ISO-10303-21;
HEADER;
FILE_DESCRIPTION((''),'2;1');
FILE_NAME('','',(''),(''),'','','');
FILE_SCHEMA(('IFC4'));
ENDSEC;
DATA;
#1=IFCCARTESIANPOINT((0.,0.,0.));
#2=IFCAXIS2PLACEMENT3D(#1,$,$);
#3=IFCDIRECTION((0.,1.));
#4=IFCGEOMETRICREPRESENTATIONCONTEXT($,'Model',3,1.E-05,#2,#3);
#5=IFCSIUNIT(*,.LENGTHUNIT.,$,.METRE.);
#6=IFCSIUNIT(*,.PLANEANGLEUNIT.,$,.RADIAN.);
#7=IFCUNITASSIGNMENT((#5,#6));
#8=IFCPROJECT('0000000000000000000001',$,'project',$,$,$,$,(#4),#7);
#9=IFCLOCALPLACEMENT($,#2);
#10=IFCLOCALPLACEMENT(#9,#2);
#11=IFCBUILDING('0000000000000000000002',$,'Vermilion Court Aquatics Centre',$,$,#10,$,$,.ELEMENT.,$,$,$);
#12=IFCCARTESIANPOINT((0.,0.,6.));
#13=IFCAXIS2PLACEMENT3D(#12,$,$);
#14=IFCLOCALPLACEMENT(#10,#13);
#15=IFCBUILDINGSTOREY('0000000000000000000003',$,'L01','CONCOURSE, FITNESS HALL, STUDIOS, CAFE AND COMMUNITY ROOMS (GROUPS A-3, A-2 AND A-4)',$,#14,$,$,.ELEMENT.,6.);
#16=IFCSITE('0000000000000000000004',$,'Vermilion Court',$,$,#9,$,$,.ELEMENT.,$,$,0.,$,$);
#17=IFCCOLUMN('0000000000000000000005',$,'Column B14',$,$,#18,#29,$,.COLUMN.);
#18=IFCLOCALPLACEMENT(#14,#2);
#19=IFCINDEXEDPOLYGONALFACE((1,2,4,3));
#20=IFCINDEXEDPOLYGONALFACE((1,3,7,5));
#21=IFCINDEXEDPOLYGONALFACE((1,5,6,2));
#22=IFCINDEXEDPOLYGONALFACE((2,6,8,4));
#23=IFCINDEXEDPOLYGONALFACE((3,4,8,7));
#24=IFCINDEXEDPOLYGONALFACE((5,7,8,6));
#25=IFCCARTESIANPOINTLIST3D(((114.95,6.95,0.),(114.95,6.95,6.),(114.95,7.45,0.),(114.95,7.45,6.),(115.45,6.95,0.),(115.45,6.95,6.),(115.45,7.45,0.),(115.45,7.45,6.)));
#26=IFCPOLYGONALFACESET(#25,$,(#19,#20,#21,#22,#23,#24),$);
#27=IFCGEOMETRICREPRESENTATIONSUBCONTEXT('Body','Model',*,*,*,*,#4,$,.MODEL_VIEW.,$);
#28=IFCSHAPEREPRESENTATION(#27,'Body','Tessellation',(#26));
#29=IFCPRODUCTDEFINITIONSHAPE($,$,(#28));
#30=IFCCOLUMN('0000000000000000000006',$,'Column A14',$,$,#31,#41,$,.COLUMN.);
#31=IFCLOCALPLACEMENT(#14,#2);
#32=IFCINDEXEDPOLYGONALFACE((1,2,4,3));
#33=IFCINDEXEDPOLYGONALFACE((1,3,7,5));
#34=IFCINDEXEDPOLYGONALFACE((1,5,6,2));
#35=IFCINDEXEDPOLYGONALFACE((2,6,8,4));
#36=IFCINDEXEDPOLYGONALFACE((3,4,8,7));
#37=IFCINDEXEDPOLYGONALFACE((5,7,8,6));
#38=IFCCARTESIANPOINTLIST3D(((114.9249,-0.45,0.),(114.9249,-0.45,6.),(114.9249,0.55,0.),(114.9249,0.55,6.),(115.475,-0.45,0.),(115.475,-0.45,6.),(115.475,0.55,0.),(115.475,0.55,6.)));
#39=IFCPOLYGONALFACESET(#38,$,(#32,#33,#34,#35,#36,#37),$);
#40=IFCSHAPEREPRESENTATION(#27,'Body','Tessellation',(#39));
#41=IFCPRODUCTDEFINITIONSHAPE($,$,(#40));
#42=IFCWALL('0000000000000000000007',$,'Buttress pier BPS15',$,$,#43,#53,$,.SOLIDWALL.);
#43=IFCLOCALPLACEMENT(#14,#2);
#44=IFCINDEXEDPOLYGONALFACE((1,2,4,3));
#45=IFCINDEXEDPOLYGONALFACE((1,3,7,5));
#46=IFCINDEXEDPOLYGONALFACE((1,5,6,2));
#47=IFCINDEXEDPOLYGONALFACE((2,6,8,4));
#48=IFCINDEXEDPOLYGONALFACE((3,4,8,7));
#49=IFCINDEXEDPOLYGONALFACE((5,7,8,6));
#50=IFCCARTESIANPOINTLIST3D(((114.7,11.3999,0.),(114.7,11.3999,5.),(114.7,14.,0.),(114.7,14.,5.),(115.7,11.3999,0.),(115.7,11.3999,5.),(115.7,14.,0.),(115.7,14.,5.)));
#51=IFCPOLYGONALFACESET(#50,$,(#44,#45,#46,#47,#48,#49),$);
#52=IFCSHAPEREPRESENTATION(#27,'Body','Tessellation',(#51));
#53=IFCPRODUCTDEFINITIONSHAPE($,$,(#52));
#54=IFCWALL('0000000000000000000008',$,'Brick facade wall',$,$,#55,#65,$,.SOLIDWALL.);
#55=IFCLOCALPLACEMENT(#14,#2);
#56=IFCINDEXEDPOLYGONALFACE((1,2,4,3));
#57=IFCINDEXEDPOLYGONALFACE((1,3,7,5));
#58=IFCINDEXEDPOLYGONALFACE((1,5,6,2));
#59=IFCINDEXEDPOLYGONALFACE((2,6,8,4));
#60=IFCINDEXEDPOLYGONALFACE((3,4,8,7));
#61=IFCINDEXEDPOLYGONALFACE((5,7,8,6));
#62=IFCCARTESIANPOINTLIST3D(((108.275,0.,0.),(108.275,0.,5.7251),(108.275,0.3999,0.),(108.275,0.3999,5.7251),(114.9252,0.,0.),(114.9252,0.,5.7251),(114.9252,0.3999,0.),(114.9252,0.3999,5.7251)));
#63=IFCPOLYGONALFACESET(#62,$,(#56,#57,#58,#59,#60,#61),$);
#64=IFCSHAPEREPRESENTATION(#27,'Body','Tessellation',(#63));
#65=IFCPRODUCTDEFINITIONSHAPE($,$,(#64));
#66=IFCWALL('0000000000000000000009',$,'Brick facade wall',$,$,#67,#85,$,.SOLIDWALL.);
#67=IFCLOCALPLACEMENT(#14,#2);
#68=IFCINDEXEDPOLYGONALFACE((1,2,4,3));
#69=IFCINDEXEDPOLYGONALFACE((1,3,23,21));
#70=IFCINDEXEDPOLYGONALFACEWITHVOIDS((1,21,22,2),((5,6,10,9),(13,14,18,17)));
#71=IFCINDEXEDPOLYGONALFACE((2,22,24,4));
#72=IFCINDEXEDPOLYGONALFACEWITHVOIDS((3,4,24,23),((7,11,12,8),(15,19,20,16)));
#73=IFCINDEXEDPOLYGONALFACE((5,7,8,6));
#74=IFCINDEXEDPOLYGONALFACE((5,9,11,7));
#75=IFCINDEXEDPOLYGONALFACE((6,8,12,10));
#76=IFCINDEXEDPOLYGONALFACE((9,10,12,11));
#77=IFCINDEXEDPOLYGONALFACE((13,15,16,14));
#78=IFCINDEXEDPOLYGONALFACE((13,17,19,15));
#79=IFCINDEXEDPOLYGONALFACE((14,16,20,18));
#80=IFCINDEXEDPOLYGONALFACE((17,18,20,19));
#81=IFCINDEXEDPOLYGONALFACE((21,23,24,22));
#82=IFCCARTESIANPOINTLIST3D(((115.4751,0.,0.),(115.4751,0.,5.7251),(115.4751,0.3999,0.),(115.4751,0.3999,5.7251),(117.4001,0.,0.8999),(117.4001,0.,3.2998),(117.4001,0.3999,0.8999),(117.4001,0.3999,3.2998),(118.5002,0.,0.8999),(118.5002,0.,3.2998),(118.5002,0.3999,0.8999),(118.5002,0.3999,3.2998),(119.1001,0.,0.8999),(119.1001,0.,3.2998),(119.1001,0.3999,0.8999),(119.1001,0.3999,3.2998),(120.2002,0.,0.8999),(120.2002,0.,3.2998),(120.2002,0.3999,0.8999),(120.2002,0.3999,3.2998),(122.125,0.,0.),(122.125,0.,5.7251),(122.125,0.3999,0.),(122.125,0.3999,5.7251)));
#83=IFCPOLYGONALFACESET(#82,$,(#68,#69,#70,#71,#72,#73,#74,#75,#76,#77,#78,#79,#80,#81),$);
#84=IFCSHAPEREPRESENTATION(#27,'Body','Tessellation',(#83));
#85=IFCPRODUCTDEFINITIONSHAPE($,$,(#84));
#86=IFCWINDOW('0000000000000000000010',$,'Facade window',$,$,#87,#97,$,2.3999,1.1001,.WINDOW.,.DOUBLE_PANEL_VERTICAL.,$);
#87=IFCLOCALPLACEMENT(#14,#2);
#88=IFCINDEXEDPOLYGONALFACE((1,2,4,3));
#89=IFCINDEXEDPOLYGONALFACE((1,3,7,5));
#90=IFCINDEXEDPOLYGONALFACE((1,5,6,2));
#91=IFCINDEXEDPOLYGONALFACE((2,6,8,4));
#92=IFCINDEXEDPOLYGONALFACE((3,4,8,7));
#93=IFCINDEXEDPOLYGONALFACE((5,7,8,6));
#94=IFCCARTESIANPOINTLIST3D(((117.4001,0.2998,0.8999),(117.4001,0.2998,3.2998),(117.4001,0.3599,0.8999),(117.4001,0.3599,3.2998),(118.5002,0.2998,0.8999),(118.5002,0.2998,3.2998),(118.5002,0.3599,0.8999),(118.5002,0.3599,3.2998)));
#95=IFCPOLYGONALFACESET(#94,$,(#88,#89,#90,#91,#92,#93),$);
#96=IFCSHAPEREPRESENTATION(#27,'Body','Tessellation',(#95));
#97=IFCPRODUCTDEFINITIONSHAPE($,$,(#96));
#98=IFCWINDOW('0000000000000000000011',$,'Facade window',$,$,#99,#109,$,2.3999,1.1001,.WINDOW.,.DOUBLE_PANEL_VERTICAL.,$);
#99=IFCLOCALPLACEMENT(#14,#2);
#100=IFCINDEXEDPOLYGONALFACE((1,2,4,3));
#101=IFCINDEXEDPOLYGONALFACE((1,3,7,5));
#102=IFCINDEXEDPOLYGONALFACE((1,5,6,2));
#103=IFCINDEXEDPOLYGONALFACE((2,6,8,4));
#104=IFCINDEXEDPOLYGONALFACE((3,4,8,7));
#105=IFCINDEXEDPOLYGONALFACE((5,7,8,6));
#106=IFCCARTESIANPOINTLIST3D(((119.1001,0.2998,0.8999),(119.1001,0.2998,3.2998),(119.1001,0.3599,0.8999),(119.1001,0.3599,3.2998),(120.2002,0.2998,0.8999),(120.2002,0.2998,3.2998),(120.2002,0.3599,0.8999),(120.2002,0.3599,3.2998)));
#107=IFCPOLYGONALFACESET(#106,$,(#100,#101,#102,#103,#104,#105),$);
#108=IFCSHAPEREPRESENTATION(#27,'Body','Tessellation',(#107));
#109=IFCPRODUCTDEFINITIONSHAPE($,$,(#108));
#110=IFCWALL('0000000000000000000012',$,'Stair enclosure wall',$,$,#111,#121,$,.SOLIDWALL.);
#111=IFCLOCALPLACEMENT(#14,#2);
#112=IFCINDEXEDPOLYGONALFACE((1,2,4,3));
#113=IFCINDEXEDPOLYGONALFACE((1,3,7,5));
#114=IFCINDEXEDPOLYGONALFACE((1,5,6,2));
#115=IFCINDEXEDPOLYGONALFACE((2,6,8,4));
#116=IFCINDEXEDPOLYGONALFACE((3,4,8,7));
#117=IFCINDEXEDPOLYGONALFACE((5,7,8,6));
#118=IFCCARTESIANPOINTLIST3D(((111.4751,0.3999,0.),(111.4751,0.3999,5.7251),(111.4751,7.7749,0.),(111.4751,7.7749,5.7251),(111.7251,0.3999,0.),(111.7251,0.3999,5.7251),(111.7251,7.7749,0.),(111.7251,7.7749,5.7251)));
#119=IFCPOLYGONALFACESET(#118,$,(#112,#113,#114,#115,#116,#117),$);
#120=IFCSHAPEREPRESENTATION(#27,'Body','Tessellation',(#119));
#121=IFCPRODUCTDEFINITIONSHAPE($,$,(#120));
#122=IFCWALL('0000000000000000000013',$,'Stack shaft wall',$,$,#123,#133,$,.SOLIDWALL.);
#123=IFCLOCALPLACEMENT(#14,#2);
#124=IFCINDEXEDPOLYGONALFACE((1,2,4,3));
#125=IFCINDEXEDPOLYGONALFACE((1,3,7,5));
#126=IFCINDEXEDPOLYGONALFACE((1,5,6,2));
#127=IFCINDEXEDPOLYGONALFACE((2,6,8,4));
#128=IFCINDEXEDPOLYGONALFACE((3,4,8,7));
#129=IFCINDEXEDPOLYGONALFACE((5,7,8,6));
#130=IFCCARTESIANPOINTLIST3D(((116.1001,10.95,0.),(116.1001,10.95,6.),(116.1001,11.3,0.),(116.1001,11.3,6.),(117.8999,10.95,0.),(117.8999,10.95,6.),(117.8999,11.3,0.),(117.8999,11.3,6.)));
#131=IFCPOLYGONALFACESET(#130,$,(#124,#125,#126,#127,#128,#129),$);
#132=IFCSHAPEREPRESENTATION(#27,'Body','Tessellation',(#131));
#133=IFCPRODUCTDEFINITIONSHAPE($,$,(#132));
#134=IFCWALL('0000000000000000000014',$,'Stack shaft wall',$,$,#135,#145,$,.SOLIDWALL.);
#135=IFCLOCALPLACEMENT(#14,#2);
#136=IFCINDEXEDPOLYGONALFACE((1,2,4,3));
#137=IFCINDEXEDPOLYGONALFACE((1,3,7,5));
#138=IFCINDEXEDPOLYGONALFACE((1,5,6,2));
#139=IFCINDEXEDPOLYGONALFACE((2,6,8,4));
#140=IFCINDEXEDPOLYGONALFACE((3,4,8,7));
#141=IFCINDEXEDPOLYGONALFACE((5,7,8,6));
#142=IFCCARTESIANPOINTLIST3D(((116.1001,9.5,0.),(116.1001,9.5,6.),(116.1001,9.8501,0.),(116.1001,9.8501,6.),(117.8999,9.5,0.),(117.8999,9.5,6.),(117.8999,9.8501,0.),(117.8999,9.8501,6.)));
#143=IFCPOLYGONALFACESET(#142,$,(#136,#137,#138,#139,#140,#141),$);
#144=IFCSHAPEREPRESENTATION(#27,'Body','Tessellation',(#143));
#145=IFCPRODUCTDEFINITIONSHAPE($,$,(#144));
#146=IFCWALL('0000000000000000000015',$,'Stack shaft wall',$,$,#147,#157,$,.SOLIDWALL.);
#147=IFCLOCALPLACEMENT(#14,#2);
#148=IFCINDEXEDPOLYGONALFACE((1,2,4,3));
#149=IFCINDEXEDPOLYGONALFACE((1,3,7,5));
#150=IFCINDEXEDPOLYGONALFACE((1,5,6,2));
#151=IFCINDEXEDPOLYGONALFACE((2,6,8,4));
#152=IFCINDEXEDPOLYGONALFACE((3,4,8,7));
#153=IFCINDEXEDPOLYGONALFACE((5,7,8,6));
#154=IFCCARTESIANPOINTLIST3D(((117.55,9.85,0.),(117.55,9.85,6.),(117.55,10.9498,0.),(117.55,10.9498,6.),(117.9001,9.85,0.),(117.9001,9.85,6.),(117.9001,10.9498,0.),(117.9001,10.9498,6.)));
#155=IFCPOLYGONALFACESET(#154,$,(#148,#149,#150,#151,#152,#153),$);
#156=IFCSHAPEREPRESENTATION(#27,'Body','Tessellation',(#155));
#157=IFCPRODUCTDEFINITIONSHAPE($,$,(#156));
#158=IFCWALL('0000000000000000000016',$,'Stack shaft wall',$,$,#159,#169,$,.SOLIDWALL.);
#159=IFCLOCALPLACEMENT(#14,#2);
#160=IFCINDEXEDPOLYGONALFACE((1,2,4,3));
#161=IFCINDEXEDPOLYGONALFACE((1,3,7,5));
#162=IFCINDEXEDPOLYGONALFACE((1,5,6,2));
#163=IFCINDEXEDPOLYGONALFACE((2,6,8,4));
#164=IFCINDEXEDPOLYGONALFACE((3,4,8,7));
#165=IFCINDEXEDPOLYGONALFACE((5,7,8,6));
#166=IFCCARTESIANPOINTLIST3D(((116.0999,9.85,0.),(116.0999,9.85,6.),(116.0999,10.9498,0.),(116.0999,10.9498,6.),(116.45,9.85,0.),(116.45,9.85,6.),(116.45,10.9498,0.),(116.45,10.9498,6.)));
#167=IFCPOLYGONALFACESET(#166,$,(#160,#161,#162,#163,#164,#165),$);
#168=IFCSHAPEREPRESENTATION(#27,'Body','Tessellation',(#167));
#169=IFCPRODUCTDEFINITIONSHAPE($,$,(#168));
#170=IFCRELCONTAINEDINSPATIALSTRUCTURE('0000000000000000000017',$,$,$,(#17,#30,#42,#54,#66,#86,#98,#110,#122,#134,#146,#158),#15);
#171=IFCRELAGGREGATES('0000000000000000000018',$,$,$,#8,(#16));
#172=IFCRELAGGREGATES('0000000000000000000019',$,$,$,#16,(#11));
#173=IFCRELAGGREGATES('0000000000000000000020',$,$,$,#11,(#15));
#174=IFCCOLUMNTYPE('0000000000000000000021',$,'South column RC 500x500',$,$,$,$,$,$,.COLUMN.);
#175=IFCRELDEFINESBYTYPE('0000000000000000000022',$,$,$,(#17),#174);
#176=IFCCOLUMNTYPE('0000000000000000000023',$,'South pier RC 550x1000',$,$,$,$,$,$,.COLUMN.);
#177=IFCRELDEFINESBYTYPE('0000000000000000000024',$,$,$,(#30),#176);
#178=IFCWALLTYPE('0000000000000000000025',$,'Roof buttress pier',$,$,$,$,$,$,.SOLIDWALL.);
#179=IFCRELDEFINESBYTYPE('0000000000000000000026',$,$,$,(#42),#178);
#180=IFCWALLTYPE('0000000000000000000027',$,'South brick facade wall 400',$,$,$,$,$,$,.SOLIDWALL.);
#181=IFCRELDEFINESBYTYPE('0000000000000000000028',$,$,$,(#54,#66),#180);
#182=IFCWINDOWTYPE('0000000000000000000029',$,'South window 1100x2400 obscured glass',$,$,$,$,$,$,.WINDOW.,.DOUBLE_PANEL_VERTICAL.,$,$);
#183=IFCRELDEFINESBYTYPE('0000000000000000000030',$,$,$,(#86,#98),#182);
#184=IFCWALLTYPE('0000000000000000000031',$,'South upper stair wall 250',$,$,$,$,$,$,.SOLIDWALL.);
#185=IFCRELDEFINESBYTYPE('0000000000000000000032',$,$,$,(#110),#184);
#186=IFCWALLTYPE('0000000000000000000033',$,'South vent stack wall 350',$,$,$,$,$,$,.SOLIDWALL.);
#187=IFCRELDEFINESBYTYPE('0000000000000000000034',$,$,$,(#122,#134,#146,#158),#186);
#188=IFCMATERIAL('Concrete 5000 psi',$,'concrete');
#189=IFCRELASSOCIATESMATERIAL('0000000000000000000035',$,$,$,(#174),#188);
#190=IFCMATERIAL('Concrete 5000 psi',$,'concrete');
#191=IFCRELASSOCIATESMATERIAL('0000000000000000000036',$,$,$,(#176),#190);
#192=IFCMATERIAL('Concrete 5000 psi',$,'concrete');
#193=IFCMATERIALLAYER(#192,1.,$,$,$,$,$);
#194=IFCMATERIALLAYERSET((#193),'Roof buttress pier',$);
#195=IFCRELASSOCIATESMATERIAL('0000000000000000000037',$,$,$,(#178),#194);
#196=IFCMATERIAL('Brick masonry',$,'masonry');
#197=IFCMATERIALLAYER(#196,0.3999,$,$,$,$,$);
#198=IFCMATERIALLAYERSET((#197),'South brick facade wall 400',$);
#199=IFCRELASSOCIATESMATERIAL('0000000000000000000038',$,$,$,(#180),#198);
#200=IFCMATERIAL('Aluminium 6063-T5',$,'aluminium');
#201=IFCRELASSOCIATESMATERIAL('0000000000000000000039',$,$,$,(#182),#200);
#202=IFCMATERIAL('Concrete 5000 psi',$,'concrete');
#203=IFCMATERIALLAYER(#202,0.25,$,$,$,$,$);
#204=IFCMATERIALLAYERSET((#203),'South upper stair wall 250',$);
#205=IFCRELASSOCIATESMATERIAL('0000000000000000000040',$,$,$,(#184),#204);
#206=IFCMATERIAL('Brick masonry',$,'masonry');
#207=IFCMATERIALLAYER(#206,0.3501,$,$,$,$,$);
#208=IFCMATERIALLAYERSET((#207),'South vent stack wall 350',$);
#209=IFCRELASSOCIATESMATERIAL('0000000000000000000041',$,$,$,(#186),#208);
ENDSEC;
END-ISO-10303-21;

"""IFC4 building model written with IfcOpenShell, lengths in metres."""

from ifc_helpers import new_model, si_unit, direction, frame, frame_2d, origin, origin_2d, place, context, subcontext, project, spatial, rectangle, extrude, material, layer, layer_set, material_profile, profile_set, type_object, element, fill, save


model = new_model("IFC4")

# Units and contexts
model_context = context("Model", 3, precision=1e-05, world=origin(), true_north=direction((0.0, 1.0)))
body_context = subcontext(model_context, "Body", "Model", "MODEL_VIEW")
ifc_project = project(units=[si_unit("LENGTHUNIT", "METRE"), si_unit("PLANEANGLEUNIT", "RADIAN")], contexts=[model_context])

# Site, building, storey
site_placement = place(None, origin())
site = spatial("IfcSite", under=ifc_project, at=site_placement, Name="Vermilion Court", CompositionType="ELEMENT", RefElevation=0.0)
building_placement = place(site_placement, origin())
building = spatial("IfcBuilding", under=site, at=building_placement, Name="Vermilion Court Aquatics Centre", CompositionType="ELEMENT")
storey_placement = place(building_placement, frame((0.0, 0.0, 6.0)))
storey = spatial("IfcBuildingStorey", under=building, at=storey_placement, Name="L01", Description="CONCOURSE, FITNESS HALL, STUDIOS, CAFE AND COMMUNITY ROOMS (GROUPS A-3, A-2 AND A-4)", CompositionType="ELEMENT", Elevation=6.0)

# Columns
ifc_material_1 = material(Name="Concrete 5000 psi", Category="concrete")
ifc_material_profile_1 = material_profile(ifc_material_1, rectangle(XDim=0.5, YDim=0.5, at=origin_2d()), Name="RC 500x500")
ifc_profile_set_1 = profile_set([ifc_material_profile_1], Name="Concrete 5000 psi")
column_type_1 = type_object("IfcColumnType", Name="South column RC 500x500", PredefinedType="COLUMN", material=ifc_profile_set_1)
column_1_placement = place(storey_placement, frame((115.2, 7.2, 0.0), z_axis=(0.0, 0.0, 1.0), x_axis=(1.0, 0.0, 0.0)))
element("IfcColumn", 1, at=column_1_placement, inside=storey, type_object=column_type_1, Name="Column B14", PredefinedType="COLUMN", context=body_context, shape_type="SweptSolid", body=[
    extrude(rectangle(XDim=0.5, YDim=0.5, at=origin_2d()), origin(), (0.0, 0.0, 1.0), 6.0),
])
ifc_material_2 = material(Name="Concrete 5000 psi", Category="concrete")
ifc_material_profile_2 = material_profile(ifc_material_2, rectangle(XDim=0.55, YDim=1.0, at=origin_2d()), Name="RC 550x1000")
ifc_profile_set_2 = profile_set([ifc_material_profile_2], Name="Concrete 5000 psi")
column_type_2 = type_object("IfcColumnType", Name="South pier RC 550x1000", PredefinedType="COLUMN", material=ifc_profile_set_2)
column_2_placement = place(storey_placement, frame((115.2, 0.05, 0.0), z_axis=(0.0, 0.0, 1.0), x_axis=(1.0, 0.0, 0.0)))
element("IfcColumn", 2, at=column_2_placement, inside=storey, type_object=column_type_2, Name="Column A14", PredefinedType="COLUMN", context=body_context, shape_type="SweptSolid", body=[
    extrude(rectangle(XDim=0.55, YDim=1.0, at=origin_2d()), origin(), (0.0, 0.0, 1.0), 6.0),
])

# Walls
ifc_material_3 = material(Name="Concrete 5000 psi", Category="concrete")
ifc_layer_1 = layer(ifc_material_3, 1.0)
ifc_layer_set_1 = layer_set([ifc_layer_1], Name="Roof buttress pier")
wall_type_1 = type_object("IfcWallType", Name="Roof buttress pier", PredefinedType="SOLIDWALL", material=ifc_layer_set_1)
wall_1_placement = place(storey_placement, frame((115.2, 11.3999, 0.0), z_axis=(0.0, 0.0, 1.0), x_axis=(0.0, 1.0, 0.0)))
element("IfcWall", 3, at=wall_1_placement, inside=storey, type_object=wall_type_1, Name="Buttress pier BPS15", PredefinedType="SOLIDWALL", context=body_context, shape_type="SweptSolid", body=[
    extrude(rectangle(XDim=2.6001, YDim=1.0, at=frame_2d((1.3, 0.0))), origin(), (0.0, 0.0, 1.0), 5.0),
])
ifc_material_4 = material(Name="Brick masonry", Category="masonry")
ifc_layer_2 = layer(ifc_material_4, 0.3999)
ifc_layer_set_2 = layer_set([ifc_layer_2], Name="South brick facade wall 400")
wall_type_2 = type_object("IfcWallType", Name="South brick facade wall 400", PredefinedType="SOLIDWALL", material=ifc_layer_set_2)
wall_2_placement = place(storey_placement, frame((108.2749, 0.2, 0.0), z_axis=(0.0, 0.0, 1.0), x_axis=(1.0, 0.0, 0.0)))
element("IfcWall", 4, at=wall_2_placement, inside=storey, type_object=wall_type_2, Name="Brick facade wall", PredefinedType="SOLIDWALL", context=body_context, shape_type="SweptSolid", body=[
    extrude(rectangle(XDim=6.6501, YDim=0.3999, at=frame_2d((3.3252, 0.0))), origin(), (0.0, 0.0, 1.0), 5.7251),
])

# Wall, openings, windows
wall_3_placement = place(storey_placement, frame((115.4751, 0.2, 0.0), z_axis=(0.0, 0.0, 1.0), x_axis=(1.0, 0.0, 0.0)))
wall_3 = element("IfcWall", 5, at=wall_3_placement, inside=storey, type_object=wall_type_2, Name="Brick facade wall", PredefinedType="SOLIDWALL", context=body_context, shape_type="SweptSolid", body=[
    extrude(rectangle(XDim=6.6499, YDim=0.3999, at=frame_2d((3.325, 0.0))), origin(), (0.0, 0.0, 1.0), 5.7251),
])
opening_1_placement = place(wall_3_placement, frame((1.925, 0.0, 0.8999)))
opening_1 = element("IfcOpeningElement", 6, at=opening_1_placement, cuts=wall_3, PredefinedType="OPENING", context=body_context, shape_type="SweptSolid", body=[
    extrude(rectangle(XDim=1.1001, YDim=2.3999, at=frame_2d((0.55, 1.2))), frame((0.0, 0.21, 0.0), z_axis=(0.0, -1.0, 0.0), x_axis=(1.0, 0.0, 0.0)), (0.0, 0.0, 1.0), 0.4199),
])
opening_2_placement = place(wall_3_placement, frame((3.625, 0.0, 0.8999)))
opening_2 = element("IfcOpeningElement", 7, at=opening_2_placement, cuts=wall_3, PredefinedType="OPENING", context=body_context, shape_type="SweptSolid", body=[
    extrude(rectangle(XDim=1.1001, YDim=2.3999, at=frame_2d((0.55, 1.2))), frame((0.0, 0.21, 0.0), z_axis=(0.0, -1.0, 0.0), x_axis=(1.0, 0.0, 0.0)), (0.0, 0.0, 1.0), 0.4199),
])
ifc_material_5 = material(Name="Aluminium 6063-T5", Category="aluminium")
window_type = type_object("IfcWindowType", Name="South window 1100x2400 obscured glass", PartitioningType="DOUBLE_PANEL_VERTICAL", PredefinedType="WINDOW", material=ifc_material_5)
window_1_placement = place(opening_1_placement, origin())
window_1 = element("IfcWindow", 8, at=window_1_placement, inside=storey, type_object=window_type, Name="Facade window", OverallHeight=2.3999, OverallWidth=1.1001, PartitioningType="DOUBLE_PANEL_VERTICAL", PredefinedType="WINDOW", context=body_context, shape_type="SweptSolid", body=[
    extrude(rectangle(XDim=1.1001, YDim=2.3999, at=frame_2d((0.55, 1.2))), frame((0.0, 0.1599, 0.0), z_axis=(0.0, -1.0, 0.0), x_axis=(1.0, 0.0, 0.0)), (0.0, 0.0, 1.0), 0.0601),
])
fill(opening_1, window_1)
window_2_placement = place(opening_2_placement, origin())
window_2 = element("IfcWindow", 9, at=window_2_placement, inside=storey, type_object=window_type, Name="Facade window", OverallHeight=2.3999, OverallWidth=1.1001, PartitioningType="DOUBLE_PANEL_VERTICAL", PredefinedType="WINDOW", context=body_context, shape_type="SweptSolid", body=[
    extrude(rectangle(XDim=1.1001, YDim=2.3999, at=frame_2d((0.55, 1.2))), frame((0.0, 0.1599, 0.0), z_axis=(0.0, -1.0, 0.0), x_axis=(1.0, 0.0, 0.0)), (0.0, 0.0, 1.0), 0.0601),
])
fill(opening_2, window_2)

# Walls
ifc_material_6 = material(Name="Concrete 5000 psi", Category="concrete")
ifc_layer_3 = layer(ifc_material_6, 0.25)
ifc_layer_set_3 = layer_set([ifc_layer_3], Name="South upper stair wall 250")
wall_type_3 = type_object("IfcWallType", Name="South upper stair wall 250", PredefinedType="SOLIDWALL", material=ifc_layer_set_3)
wall_4_placement = place(storey_placement, frame((111.6001, 0.3999, 0.0), z_axis=(0.0, 0.0, 1.0), x_axis=(0.0, 1.0, 0.0)))
element("IfcWall", 10, at=wall_4_placement, inside=storey, type_object=wall_type_3, Name="Stair enclosure wall", PredefinedType="SOLIDWALL", context=body_context, shape_type="SweptSolid", body=[
    extrude(rectangle(XDim=7.375, YDim=0.25, at=frame_2d((3.6875, 0.0))), origin(), (0.0, 0.0, 1.0), 5.7251),
])
ifc_material_7 = material(Name="Brick masonry", Category="masonry")
ifc_layer_4 = layer(ifc_material_7, 0.3501)
ifc_layer_set_4 = layer_set([ifc_layer_4], Name="South vent stack wall 350")
wall_type_4 = type_object("IfcWallType", Name="South vent stack wall 350", PredefinedType="SOLIDWALL", material=ifc_layer_set_4)
for number, where, z_axis, x_axis, name in (
    (11, (116.1001, 11.125, 0.0), (0.0, 0.0, 1.0), (1.0, 0.0, 0.0), "Stack shaft wall"),
    (12, (116.1001, 9.675, 0.0), (0.0, 0.0, 1.0), (1.0, 0.0, 0.0), "Stack shaft wall"),
):
    element("IfcWall", number, at=place(storey_placement, frame(where, z_axis=z_axis, x_axis=x_axis)), inside=storey, type_object=wall_type_4, Name=name, PredefinedType="SOLIDWALL", context=body_context, shape_type="SweptSolid", body=[
        extrude(rectangle(XDim=1.7998, YDim=0.3501, at=frame_2d((0.8999, 0.0))), origin(), (0.0, 0.0, 1.0), 6.0),
    ])
for number, where, z_axis, x_axis, name in (
    (13, (117.7251, 9.8501, 0.0), (0.0, 0.0, 1.0), (0.0, 1.0, 0.0), "Stack shaft wall"),
    (14, (116.2749, 9.8501, 0.0), (0.0, 0.0, 1.0), (0.0, 1.0, 0.0), "Stack shaft wall"),
):
    element("IfcWall", number, at=place(storey_placement, frame(where, z_axis=z_axis, x_axis=x_axis)), inside=storey, type_object=wall_type_4, Name=name, PredefinedType="SOLIDWALL", context=body_context, shape_type="SweptSolid", body=[
        extrude(rectangle(XDim=1.0999, YDim=0.3501, at=frame_2d((0.5498, 0.0))), origin(), (0.0, 0.0, 1.0), 6.0),
    ])

save(model, "model.ifc")
